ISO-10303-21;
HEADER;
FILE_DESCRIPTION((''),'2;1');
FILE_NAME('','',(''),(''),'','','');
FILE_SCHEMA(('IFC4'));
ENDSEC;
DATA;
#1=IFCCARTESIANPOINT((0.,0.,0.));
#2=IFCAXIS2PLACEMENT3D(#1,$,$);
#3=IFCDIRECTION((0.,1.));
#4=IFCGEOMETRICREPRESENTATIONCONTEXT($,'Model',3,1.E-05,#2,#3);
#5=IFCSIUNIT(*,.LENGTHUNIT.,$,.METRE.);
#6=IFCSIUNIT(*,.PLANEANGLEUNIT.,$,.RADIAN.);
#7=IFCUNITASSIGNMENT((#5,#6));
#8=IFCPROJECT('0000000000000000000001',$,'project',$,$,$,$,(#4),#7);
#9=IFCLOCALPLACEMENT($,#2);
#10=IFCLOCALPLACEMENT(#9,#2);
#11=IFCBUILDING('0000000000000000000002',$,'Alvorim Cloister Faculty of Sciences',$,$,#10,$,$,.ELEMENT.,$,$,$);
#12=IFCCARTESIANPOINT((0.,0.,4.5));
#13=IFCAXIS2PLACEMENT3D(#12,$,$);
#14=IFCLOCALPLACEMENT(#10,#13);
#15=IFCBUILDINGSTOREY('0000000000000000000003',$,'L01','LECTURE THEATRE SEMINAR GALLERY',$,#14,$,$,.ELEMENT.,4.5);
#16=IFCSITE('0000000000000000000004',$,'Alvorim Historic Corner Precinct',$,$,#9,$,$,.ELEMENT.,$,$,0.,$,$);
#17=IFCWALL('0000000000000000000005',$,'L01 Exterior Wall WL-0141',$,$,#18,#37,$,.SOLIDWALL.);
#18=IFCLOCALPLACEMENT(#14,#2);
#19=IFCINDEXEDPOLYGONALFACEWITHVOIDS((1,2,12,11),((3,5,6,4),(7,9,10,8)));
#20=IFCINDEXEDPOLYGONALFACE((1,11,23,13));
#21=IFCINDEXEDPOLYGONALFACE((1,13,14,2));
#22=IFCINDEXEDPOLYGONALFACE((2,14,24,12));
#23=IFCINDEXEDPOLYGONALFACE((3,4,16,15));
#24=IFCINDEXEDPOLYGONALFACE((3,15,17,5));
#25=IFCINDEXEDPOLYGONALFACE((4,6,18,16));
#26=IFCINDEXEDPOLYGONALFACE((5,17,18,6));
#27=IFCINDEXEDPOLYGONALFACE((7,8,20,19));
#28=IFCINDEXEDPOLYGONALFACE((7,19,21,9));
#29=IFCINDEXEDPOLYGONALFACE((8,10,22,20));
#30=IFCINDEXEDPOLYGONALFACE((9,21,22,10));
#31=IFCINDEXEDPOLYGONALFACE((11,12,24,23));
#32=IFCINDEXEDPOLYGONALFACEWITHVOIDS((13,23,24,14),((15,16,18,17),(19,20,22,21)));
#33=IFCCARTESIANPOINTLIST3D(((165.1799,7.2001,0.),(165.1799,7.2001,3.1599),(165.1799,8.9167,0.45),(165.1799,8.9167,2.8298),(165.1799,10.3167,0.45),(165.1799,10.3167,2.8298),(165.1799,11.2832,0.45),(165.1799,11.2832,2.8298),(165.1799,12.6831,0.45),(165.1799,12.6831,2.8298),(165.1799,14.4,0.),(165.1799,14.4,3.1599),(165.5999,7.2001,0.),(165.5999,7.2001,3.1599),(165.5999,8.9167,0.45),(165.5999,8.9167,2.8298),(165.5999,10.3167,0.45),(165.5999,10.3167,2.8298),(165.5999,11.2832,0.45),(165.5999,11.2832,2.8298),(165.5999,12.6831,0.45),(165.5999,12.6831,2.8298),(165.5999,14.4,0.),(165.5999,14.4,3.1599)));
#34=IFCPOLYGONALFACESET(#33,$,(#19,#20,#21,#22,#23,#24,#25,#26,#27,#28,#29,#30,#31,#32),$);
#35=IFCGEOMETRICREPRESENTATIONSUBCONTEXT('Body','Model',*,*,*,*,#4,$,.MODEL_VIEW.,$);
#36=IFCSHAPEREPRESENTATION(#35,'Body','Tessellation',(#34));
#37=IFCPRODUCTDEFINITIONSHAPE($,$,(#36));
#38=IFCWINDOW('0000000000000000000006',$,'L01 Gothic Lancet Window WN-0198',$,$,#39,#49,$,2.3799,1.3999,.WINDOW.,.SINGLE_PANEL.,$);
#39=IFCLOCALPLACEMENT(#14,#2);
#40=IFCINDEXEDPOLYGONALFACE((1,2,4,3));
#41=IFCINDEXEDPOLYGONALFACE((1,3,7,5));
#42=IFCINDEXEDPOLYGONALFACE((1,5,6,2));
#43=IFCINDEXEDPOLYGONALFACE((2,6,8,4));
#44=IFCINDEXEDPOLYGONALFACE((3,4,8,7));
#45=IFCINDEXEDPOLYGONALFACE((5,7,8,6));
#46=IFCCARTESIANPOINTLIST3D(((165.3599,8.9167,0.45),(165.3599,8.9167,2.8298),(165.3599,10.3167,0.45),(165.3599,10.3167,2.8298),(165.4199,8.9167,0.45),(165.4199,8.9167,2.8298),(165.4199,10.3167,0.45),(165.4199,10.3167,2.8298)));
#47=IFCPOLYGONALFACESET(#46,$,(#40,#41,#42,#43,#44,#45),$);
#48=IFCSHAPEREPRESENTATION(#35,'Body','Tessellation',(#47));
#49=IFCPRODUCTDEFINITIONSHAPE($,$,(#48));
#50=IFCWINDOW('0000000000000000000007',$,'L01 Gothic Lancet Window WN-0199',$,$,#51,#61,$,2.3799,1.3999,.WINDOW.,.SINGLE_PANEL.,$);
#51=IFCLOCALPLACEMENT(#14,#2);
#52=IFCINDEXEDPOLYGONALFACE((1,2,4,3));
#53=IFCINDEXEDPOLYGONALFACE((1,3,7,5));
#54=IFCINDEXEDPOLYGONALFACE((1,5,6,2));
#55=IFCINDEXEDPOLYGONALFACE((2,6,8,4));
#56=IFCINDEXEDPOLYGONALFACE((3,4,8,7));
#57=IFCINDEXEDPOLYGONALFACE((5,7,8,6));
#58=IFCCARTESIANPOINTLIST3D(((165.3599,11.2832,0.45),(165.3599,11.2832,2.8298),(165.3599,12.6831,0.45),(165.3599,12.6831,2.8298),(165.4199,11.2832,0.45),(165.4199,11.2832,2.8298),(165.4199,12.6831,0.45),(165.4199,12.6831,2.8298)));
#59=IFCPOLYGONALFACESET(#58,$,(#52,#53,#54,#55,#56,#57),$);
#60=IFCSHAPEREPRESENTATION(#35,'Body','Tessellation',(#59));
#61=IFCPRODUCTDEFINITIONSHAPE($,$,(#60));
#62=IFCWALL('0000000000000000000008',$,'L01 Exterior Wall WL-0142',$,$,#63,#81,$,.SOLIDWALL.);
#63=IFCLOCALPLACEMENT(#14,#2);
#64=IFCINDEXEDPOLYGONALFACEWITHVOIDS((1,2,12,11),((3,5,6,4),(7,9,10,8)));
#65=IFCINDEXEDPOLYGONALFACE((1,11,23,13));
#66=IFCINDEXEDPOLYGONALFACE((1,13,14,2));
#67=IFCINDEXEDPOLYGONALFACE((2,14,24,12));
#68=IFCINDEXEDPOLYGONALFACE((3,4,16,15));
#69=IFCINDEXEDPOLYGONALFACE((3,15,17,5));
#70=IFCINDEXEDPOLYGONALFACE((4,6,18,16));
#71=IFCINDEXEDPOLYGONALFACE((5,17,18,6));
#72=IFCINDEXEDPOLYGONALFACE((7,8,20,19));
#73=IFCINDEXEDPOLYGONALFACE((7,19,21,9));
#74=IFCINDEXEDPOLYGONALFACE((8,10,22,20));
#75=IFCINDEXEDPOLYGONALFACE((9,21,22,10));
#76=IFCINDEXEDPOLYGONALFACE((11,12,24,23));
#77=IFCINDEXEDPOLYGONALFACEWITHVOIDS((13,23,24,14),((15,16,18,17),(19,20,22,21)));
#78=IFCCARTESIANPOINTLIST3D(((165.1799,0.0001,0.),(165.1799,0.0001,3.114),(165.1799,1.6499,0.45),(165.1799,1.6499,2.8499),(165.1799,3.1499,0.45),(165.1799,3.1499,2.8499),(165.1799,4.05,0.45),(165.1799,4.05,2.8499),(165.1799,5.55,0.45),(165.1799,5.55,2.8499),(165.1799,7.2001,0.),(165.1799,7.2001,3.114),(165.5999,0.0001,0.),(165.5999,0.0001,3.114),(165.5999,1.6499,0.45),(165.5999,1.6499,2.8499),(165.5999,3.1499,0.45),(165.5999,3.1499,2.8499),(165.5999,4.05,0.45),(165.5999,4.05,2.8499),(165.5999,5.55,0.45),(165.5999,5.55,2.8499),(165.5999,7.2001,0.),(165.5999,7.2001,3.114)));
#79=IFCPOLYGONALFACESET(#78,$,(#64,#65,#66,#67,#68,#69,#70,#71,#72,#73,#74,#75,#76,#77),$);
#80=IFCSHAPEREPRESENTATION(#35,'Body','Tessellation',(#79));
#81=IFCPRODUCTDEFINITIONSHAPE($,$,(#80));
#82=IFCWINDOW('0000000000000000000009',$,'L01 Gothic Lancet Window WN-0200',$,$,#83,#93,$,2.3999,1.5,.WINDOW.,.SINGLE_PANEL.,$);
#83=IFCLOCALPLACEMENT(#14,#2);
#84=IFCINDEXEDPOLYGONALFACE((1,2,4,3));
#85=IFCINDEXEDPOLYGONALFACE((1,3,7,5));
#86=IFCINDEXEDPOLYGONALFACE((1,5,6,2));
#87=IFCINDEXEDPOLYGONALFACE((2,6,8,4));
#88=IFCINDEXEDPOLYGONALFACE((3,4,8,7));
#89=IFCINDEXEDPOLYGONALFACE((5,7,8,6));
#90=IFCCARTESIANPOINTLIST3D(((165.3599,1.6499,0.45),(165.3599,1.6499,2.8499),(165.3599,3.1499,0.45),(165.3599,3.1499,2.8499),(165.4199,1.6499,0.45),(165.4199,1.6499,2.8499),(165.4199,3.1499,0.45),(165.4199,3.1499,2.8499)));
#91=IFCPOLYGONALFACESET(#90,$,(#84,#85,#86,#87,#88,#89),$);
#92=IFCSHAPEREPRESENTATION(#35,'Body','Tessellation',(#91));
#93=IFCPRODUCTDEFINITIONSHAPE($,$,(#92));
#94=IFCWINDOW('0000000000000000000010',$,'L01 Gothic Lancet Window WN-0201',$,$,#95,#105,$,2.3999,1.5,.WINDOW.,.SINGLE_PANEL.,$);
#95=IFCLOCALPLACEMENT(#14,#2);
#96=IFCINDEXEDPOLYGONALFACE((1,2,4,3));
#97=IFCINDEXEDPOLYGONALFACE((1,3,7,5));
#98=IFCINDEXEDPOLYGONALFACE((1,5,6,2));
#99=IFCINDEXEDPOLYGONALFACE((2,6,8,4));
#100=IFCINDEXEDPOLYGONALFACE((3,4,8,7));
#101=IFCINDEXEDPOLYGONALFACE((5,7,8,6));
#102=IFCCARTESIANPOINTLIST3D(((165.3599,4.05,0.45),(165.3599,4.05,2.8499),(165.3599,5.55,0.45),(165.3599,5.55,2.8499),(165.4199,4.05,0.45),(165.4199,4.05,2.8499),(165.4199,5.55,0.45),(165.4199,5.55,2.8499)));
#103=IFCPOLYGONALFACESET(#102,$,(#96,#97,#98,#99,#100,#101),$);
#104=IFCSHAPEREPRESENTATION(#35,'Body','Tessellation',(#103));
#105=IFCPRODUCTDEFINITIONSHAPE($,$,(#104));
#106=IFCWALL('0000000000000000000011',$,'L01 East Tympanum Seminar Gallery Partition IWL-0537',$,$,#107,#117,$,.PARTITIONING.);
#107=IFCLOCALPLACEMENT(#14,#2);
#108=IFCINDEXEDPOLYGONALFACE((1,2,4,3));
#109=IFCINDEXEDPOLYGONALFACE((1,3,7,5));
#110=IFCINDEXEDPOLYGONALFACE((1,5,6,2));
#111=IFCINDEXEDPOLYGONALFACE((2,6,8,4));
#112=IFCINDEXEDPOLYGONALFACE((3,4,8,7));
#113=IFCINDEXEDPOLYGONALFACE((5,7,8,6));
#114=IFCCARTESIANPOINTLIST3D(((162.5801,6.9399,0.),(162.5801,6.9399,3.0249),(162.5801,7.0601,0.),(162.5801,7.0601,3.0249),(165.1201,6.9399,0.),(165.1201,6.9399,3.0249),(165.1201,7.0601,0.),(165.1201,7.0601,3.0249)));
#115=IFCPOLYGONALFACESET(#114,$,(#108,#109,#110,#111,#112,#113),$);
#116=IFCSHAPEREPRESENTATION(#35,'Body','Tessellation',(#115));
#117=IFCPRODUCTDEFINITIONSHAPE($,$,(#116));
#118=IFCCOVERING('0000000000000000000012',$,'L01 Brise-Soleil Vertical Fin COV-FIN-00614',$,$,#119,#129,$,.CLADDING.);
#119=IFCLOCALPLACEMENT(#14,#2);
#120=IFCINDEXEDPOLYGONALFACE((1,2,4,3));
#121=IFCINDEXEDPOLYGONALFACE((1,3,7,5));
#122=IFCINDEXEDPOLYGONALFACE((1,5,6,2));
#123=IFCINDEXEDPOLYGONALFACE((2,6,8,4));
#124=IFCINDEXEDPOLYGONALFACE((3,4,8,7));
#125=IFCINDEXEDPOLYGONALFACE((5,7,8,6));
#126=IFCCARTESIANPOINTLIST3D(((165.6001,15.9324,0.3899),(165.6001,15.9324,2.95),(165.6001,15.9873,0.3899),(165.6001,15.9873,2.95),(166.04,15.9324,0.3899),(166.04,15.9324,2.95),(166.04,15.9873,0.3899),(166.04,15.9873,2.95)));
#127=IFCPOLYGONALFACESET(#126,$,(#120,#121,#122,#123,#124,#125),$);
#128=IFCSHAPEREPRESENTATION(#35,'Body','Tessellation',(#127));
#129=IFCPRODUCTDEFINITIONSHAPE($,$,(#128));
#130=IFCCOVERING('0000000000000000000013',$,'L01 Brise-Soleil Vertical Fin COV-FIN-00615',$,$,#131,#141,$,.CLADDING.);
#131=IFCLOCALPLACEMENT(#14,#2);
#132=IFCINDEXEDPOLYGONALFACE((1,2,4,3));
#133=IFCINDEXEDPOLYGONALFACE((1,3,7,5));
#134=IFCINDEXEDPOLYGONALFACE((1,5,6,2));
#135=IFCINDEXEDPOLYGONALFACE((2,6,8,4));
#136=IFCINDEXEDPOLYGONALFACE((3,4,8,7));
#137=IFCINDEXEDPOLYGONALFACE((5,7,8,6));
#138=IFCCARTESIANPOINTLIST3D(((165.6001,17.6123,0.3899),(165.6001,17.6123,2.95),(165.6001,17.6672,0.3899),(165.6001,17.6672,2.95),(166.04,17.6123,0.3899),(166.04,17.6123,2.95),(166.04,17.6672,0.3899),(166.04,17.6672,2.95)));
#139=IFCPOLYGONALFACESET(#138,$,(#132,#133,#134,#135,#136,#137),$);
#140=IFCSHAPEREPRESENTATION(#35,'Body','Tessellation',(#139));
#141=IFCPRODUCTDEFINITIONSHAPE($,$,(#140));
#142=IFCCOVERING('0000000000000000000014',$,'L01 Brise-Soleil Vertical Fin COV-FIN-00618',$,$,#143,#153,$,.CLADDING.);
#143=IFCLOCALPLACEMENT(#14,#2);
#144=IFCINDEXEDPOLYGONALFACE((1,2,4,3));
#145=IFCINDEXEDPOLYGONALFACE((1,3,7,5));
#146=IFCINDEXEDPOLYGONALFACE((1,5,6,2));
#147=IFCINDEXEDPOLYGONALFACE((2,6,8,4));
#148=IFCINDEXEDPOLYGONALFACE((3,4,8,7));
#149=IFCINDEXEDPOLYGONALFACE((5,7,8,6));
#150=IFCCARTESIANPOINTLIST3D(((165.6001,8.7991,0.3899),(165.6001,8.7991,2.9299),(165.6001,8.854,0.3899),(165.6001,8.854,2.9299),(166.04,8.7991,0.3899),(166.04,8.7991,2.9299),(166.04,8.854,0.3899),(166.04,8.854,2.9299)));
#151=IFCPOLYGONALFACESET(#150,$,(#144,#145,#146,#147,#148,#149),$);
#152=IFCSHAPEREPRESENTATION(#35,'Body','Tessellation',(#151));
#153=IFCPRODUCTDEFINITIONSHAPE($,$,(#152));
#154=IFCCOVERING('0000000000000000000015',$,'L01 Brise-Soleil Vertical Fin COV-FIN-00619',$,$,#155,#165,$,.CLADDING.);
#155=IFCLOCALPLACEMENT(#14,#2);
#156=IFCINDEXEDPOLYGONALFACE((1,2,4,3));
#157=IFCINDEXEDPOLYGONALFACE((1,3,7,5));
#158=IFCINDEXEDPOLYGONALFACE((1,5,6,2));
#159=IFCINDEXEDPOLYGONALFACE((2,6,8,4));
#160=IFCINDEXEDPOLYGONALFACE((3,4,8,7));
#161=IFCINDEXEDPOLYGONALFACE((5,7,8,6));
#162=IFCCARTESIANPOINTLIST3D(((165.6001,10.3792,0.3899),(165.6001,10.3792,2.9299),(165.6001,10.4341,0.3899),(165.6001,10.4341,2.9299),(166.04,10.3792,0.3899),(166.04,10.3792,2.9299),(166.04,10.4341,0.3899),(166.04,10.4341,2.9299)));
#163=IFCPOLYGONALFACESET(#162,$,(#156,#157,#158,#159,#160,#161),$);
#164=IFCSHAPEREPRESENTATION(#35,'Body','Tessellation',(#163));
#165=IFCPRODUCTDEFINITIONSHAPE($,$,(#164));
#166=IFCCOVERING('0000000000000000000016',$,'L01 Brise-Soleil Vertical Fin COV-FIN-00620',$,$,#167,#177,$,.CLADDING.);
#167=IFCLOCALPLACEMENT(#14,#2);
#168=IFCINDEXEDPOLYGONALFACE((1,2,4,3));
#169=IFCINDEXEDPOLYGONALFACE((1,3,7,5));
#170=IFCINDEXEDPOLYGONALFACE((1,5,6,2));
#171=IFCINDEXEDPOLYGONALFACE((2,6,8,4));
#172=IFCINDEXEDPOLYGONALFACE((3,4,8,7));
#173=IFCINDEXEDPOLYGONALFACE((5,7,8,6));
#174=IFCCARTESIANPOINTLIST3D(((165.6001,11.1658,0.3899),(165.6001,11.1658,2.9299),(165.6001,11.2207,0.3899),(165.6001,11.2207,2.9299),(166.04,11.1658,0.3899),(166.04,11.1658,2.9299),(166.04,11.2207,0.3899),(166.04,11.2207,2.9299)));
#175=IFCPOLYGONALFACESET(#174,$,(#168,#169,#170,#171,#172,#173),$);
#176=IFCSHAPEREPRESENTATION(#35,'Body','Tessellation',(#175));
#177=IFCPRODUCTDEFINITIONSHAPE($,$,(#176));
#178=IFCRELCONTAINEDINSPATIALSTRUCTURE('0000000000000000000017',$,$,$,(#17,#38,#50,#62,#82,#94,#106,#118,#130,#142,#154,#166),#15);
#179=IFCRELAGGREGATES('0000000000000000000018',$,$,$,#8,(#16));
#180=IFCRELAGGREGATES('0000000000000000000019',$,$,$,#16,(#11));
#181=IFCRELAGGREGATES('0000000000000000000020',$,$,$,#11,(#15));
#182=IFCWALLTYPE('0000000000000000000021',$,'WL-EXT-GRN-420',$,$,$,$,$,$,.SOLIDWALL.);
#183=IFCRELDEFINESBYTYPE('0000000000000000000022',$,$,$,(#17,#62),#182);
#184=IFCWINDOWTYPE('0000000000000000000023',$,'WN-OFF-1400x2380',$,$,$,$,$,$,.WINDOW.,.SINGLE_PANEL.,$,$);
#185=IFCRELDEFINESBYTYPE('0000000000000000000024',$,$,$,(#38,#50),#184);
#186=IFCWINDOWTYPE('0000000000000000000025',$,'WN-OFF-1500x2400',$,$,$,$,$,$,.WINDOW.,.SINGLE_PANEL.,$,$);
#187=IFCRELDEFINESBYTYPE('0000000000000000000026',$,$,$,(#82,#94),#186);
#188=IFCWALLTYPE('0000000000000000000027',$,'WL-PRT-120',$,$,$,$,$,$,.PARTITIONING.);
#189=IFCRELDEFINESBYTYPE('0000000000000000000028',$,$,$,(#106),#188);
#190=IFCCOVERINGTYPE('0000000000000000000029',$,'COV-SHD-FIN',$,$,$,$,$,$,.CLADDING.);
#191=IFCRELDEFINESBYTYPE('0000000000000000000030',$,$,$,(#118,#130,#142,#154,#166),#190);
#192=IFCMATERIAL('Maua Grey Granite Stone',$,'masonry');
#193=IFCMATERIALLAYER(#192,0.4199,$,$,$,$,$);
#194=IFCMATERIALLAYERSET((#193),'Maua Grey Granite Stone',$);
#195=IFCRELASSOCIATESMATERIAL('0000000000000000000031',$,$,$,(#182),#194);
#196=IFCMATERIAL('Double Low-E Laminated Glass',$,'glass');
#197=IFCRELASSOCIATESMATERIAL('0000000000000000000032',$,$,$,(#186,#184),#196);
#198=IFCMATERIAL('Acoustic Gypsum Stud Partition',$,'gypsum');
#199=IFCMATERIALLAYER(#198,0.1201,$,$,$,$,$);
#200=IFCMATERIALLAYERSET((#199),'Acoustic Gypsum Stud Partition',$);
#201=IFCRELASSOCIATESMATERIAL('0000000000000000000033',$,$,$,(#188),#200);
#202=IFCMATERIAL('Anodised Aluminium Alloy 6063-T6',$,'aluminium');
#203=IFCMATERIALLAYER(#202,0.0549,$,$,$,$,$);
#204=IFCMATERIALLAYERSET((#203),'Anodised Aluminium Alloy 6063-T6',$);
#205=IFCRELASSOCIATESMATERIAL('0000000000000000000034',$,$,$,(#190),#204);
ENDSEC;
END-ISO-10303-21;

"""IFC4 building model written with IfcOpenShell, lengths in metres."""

from ifc_helpers import new_model, si_unit, direction, frame, frame_2d, origin, place, context, subcontext, project, spatial, polyline, rectangle, outline, extrude, material, layer, layer_set, type_object, element, fill, save


model = new_model("IFC4")

# Units and contexts
model_context = context("Model", 3, precision=1e-05, world=origin(), true_north=direction((0.0, 1.0)))
body_context = subcontext(model_context, "Body", "Model", "MODEL_VIEW")
ifc_project = project(units=[si_unit("LENGTHUNIT", "METRE"), si_unit("PLANEANGLEUNIT", "RADIAN")], contexts=[model_context])

# Site, building, storey
site_placement = place(None, origin())
site = spatial("IfcSite", under=ifc_project, at=site_placement, Name="Alvorim Historic Corner Precinct", CompositionType="ELEMENT", RefElevation=0.0)
building_placement = place(site_placement, origin())
building = spatial("IfcBuilding", under=site, at=building_placement, Name="Alvorim Cloister Faculty of Sciences", CompositionType="ELEMENT")
storey_placement = place(building_placement, frame((0.0, 0.0, 4.5)))
storey = spatial("IfcBuildingStorey", under=building, at=storey_placement, Name="L01", Description="LECTURE THEATRE SEMINAR GALLERY", CompositionType="ELEMENT", Elevation=4.5)

# Walls, openings, windows
ifc_material_1 = material(Name="Maua Grey Granite Stone", Category="masonry")
ifc_layer_1 = layer(ifc_material_1, 0.4199)
ifc_layer_set_1 = layer_set([ifc_layer_1], Name="Maua Grey Granite Stone")
wall_type_1 = type_object("IfcWallType", Name="WL-EXT-GRN-420", PredefinedType="SOLIDWALL", material=ifc_layer_set_1)
ifc_material_2 = material(Name="Double Low-E Laminated Glass", Category="glass")
window_type_1 = type_object("IfcWindowType", Name="WN-OFF-1500x2400", PartitioningType="SINGLE_PANEL", PredefinedType="WINDOW", material=ifc_material_2)
wall_1_placement = place(storey_placement, frame((165.3899, 7.2, 0.0), z_axis=(0.0, 0.0, 1.0), x_axis=(0.0, 1.0, 0.0)))
wall_1 = element("IfcWall", 1, at=wall_1_placement, inside=storey, type_object=wall_type_1, Name="L01 Exterior Wall WL-0141", PredefinedType="SOLIDWALL", context=body_context, shape_type="SweptSolid", body=[
    extrude(rectangle(XDim=7.2, YDim=0.4199, at=frame_2d((3.6001, 0.0))), origin(), (0.0, 0.0, 1.0), 3.1599),
])
opening_1_placement = place(wall_1_placement, frame((1.7168, 0.0, 0.45)))
opening_1 = element("IfcOpeningElement", 2, at=opening_1_placement, cuts=wall_1, PredefinedType="OPENING", context=body_context, shape_type="SweptSolid", body=[
    extrude(rectangle(XDim=1.3999, YDim=2.3799, at=frame_2d((0.7, 1.1899))), frame((0.0, 0.2219, 0.0), z_axis=(0.0, -1.0, 0.0), x_axis=(1.0, 0.0, 0.0)), (0.0, 0.0, 1.0), 0.4438),
])
opening_2_placement = place(wall_1_placement, frame((4.0833, 0.0, 0.45)))
opening_2 = element("IfcOpeningElement", 3, at=opening_2_placement, cuts=wall_1, PredefinedType="OPENING", context=body_context, shape_type="SweptSolid", body=[
    extrude(rectangle(XDim=1.3999, YDim=2.3799, at=frame_2d((0.7, 1.1899))), frame((0.0, 0.2219, 0.0), z_axis=(0.0, -1.0, 0.0), x_axis=(1.0, 0.0, 0.0)), (0.0, 0.0, 1.0), 0.4438),
])
window_type_2 = type_object("IfcWindowType", Name="WN-OFF-1400x2380", PartitioningType="SINGLE_PANEL", PredefinedType="WINDOW", material=ifc_material_2)
window_1_placement = place(opening_1_placement, origin())
window_1 = element("IfcWindow", 4, at=window_1_placement, inside=storey, type_object=window_type_2, Name="L01 Gothic Lancet Window WN-0198", OverallHeight=2.3799, OverallWidth=1.3999, PartitioningType="SINGLE_PANEL", PredefinedType="WINDOW", context=body_context, shape_type="SweptSolid", body=[
    extrude(rectangle(XDim=1.3999, YDim=2.3799, at=frame_2d((0.7, 1.1899))), frame((0.0, 0.03, 0.0), z_axis=(0.0, -1.0, 0.0), x_axis=(1.0, 0.0, 0.0)), (0.0, 0.0, 1.0), 0.0601),
])
fill(opening_1, window_1)
window_2_placement = place(opening_2_placement, origin())
window_2 = element("IfcWindow", 5, at=window_2_placement, inside=storey, type_object=window_type_2, Name="L01 Gothic Lancet Window WN-0199", OverallHeight=2.3799, OverallWidth=1.3999, PartitioningType="SINGLE_PANEL", PredefinedType="WINDOW", context=body_context, shape_type="SweptSolid", body=[
    extrude(rectangle(XDim=1.3999, YDim=2.3799, at=frame_2d((0.7, 1.1899))), frame((0.0, 0.03, 0.0), z_axis=(0.0, -1.0, 0.0), x_axis=(1.0, 0.0, 0.0)), (0.0, 0.0, 1.0), 0.0601),
])
fill(opening_2, window_2)
wall_2_placement = place(storey_placement, frame((165.3899, 0.0, 0.0), z_axis=(0.0, 0.0, 1.0), x_axis=(0.0, 1.0, 0.0)))
wall_2 = element("IfcWall", 6, at=wall_2_placement, inside=storey, type_object=wall_type_1, Name="L01 Exterior Wall WL-0142", PredefinedType="SOLIDWALL", context=body_context, shape_type="SweptSolid", body=[
    extrude(rectangle(XDim=7.2, YDim=0.4199, at=frame_2d((3.6001, 0.0))), origin(), (0.0, 0.0, 1.0), 3.114),
])
opening_3_placement = place(wall_2_placement, frame((1.6499, 0.0, 0.45)))
opening_3 = element("IfcOpeningElement", 7, at=opening_3_placement, cuts=wall_2, PredefinedType="OPENING", context=body_context, shape_type="SweptSolid", body=[
    extrude(rectangle(XDim=1.5, YDim=2.3999, at=frame_2d((0.75, 1.2))), frame((0.0, 0.2219, 0.0), z_axis=(0.0, -1.0, 0.0), x_axis=(1.0, 0.0, 0.0)), (0.0, 0.0, 1.0), 0.4438),
])
opening_4_placement = place(wall_2_placement, frame((4.05, 0.0, 0.45)))
opening_4 = element("IfcOpeningElement", 8, at=opening_4_placement, cuts=wall_2, PredefinedType="OPENING", context=body_context, shape_type="SweptSolid", body=[
    extrude(rectangle(XDim=1.5, YDim=2.3999, at=frame_2d((0.75, 1.2))), frame((0.0, 0.2219, 0.0), z_axis=(0.0, -1.0, 0.0), x_axis=(1.0, 0.0, 0.0)), (0.0, 0.0, 1.0), 0.4438),
])
window_3_placement = place(opening_3_placement, origin())
window_3 = element("IfcWindow", 9, at=window_3_placement, inside=storey, type_object=window_type_1, Name="L01 Gothic Lancet Window WN-0200", OverallHeight=2.3999, OverallWidth=1.5, PartitioningType="SINGLE_PANEL", PredefinedType="WINDOW", context=body_context, shape_type="SweptSolid", body=[
    extrude(rectangle(XDim=1.5, YDim=2.3999, at=frame_2d((0.75, 1.2))), frame((0.0, 0.03, 0.0), z_axis=(0.0, -1.0, 0.0), x_axis=(1.0, 0.0, 0.0)), (0.0, 0.0, 1.0), 0.0601),
])
fill(opening_3, window_3)
window_4_placement = place(opening_4_placement, origin())
window_4 = element("IfcWindow", 10, at=window_4_placement, inside=storey, type_object=window_type_1, Name="L01 Gothic Lancet Window WN-0201", OverallHeight=2.3999, OverallWidth=1.5, PartitioningType="SINGLE_PANEL", PredefinedType="WINDOW", context=body_context, shape_type="SweptSolid", body=[
    extrude(rectangle(XDim=1.5, YDim=2.3999, at=frame_2d((0.75, 1.2))), frame((0.0, 0.03, 0.0), z_axis=(0.0, -1.0, 0.0), x_axis=(1.0, 0.0, 0.0)), (0.0, 0.0, 1.0), 0.0601),
])
fill(opening_4, window_4)

# Wall
ifc_material_3 = material(Name="Acoustic Gypsum Stud Partition", Category="gypsum")
ifc_layer_2 = layer(ifc_material_3, 0.1201)
ifc_layer_set_2 = layer_set([ifc_layer_2], Name="Acoustic Gypsum Stud Partition")
wall_type_2 = type_object("IfcWallType", Name="WL-PRT-120", PredefinedType="PARTITIONING", material=ifc_layer_set_2)
wall_3_placement = place(storey_placement, frame((162.5801, 7.0, 0.0), z_axis=(0.0, 0.0, 1.0), x_axis=(1.0, 0.0, 0.0)))
element("IfcWall", 11, at=wall_3_placement, inside=storey, type_object=wall_type_2, Name="L01 East Tympanum Seminar Gallery Partition IWL-0537", PredefinedType="PARTITIONING", context=body_context, shape_type="SweptSolid", body=[
    extrude(rectangle(XDim=2.54, YDim=0.1201, at=frame_2d((1.27, 0.0))), origin(), (0.0, 0.0, 1.0), 3.0249),
])

# Coverings
ifc_material_4 = material(Name="Anodised Aluminium Alloy 6063-T6", Category="aluminium")
ifc_layer_3 = layer(ifc_material_4, 0.0549)
ifc_layer_set_3 = layer_set([ifc_layer_3], Name="Anodised Aluminium Alloy 6063-T6")
covering_type = type_object("IfcCoveringType", Name="COV-SHD-FIN", PredefinedType="CLADDING", material=ifc_layer_set_3)
for number, where, z_axis, x_axis, name in (
    (12, (165.6001, 15.96, 0.3899), (0.0, 0.0, 1.0), (1.0, 0.0, 0.0), "L01 Brise-Soleil Vertical Fin COV-FIN-00614"),
    (13, (165.6001, 17.6399, 0.3899), (0.0, 0.0, 1.0), (1.0, 0.0, 0.0), "L01 Brise-Soleil Vertical Fin COV-FIN-00615"),
):
    element("IfcCovering", number, at=place(storey_placement, frame(where, z_axis=z_axis, x_axis=x_axis)), inside=storey, type_object=covering_type, Name=name, PredefinedType="CLADDING", context=body_context, shape_type="SweptSolid", body=[
        extrude(outline(polyline([(0.0, 0.0), (0.4399, 0.0), (0.4399, 2.5601), (0.0, 2.5601), (0.0, 0.0)])), frame((0.0, 0.0273, 0.0), z_axis=(0.0, -1.0, 0.0), x_axis=(1.0, 0.0, 0.0)), (0.0, 0.0, 1.0), 0.0549),
    ])
for number, where, z_axis, x_axis, name in (
    (14, (165.6001, 8.8267, 0.3899), (0.0, 0.0, 1.0), (1.0, 0.0, 0.0), "L01 Brise-Soleil Vertical Fin COV-FIN-00618"),
    (15, (165.6001, 10.4067, 0.3899), (0.0, 0.0, 1.0), (1.0, 0.0, 0.0), "L01 Brise-Soleil Vertical Fin COV-FIN-00619"),
    (16, (165.6001, 11.1934, 0.3899), (0.0, 0.0, 1.0), (1.0, 0.0, 0.0), "L01 Brise-Soleil Vertical Fin COV-FIN-00620"),
):
    element("IfcCovering", number, at=place(storey_placement, frame(where, z_axis=z_axis, x_axis=x_axis)), inside=storey, type_object=covering_type, Name=name, PredefinedType="CLADDING", context=body_context, shape_type="SweptSolid", body=[
        extrude(outline(polyline([(0.0, 0.0), (0.4399, 0.0), (0.4399, 2.54), (0.0, 2.54), (0.0, 0.0)])), frame((0.0, 0.0273, 0.0), z_axis=(0.0, -1.0, 0.0), x_axis=(1.0, 0.0, 0.0)), (0.0, 0.0, 1.0), 0.0549),
    ])

save(model, "model.ifc")
